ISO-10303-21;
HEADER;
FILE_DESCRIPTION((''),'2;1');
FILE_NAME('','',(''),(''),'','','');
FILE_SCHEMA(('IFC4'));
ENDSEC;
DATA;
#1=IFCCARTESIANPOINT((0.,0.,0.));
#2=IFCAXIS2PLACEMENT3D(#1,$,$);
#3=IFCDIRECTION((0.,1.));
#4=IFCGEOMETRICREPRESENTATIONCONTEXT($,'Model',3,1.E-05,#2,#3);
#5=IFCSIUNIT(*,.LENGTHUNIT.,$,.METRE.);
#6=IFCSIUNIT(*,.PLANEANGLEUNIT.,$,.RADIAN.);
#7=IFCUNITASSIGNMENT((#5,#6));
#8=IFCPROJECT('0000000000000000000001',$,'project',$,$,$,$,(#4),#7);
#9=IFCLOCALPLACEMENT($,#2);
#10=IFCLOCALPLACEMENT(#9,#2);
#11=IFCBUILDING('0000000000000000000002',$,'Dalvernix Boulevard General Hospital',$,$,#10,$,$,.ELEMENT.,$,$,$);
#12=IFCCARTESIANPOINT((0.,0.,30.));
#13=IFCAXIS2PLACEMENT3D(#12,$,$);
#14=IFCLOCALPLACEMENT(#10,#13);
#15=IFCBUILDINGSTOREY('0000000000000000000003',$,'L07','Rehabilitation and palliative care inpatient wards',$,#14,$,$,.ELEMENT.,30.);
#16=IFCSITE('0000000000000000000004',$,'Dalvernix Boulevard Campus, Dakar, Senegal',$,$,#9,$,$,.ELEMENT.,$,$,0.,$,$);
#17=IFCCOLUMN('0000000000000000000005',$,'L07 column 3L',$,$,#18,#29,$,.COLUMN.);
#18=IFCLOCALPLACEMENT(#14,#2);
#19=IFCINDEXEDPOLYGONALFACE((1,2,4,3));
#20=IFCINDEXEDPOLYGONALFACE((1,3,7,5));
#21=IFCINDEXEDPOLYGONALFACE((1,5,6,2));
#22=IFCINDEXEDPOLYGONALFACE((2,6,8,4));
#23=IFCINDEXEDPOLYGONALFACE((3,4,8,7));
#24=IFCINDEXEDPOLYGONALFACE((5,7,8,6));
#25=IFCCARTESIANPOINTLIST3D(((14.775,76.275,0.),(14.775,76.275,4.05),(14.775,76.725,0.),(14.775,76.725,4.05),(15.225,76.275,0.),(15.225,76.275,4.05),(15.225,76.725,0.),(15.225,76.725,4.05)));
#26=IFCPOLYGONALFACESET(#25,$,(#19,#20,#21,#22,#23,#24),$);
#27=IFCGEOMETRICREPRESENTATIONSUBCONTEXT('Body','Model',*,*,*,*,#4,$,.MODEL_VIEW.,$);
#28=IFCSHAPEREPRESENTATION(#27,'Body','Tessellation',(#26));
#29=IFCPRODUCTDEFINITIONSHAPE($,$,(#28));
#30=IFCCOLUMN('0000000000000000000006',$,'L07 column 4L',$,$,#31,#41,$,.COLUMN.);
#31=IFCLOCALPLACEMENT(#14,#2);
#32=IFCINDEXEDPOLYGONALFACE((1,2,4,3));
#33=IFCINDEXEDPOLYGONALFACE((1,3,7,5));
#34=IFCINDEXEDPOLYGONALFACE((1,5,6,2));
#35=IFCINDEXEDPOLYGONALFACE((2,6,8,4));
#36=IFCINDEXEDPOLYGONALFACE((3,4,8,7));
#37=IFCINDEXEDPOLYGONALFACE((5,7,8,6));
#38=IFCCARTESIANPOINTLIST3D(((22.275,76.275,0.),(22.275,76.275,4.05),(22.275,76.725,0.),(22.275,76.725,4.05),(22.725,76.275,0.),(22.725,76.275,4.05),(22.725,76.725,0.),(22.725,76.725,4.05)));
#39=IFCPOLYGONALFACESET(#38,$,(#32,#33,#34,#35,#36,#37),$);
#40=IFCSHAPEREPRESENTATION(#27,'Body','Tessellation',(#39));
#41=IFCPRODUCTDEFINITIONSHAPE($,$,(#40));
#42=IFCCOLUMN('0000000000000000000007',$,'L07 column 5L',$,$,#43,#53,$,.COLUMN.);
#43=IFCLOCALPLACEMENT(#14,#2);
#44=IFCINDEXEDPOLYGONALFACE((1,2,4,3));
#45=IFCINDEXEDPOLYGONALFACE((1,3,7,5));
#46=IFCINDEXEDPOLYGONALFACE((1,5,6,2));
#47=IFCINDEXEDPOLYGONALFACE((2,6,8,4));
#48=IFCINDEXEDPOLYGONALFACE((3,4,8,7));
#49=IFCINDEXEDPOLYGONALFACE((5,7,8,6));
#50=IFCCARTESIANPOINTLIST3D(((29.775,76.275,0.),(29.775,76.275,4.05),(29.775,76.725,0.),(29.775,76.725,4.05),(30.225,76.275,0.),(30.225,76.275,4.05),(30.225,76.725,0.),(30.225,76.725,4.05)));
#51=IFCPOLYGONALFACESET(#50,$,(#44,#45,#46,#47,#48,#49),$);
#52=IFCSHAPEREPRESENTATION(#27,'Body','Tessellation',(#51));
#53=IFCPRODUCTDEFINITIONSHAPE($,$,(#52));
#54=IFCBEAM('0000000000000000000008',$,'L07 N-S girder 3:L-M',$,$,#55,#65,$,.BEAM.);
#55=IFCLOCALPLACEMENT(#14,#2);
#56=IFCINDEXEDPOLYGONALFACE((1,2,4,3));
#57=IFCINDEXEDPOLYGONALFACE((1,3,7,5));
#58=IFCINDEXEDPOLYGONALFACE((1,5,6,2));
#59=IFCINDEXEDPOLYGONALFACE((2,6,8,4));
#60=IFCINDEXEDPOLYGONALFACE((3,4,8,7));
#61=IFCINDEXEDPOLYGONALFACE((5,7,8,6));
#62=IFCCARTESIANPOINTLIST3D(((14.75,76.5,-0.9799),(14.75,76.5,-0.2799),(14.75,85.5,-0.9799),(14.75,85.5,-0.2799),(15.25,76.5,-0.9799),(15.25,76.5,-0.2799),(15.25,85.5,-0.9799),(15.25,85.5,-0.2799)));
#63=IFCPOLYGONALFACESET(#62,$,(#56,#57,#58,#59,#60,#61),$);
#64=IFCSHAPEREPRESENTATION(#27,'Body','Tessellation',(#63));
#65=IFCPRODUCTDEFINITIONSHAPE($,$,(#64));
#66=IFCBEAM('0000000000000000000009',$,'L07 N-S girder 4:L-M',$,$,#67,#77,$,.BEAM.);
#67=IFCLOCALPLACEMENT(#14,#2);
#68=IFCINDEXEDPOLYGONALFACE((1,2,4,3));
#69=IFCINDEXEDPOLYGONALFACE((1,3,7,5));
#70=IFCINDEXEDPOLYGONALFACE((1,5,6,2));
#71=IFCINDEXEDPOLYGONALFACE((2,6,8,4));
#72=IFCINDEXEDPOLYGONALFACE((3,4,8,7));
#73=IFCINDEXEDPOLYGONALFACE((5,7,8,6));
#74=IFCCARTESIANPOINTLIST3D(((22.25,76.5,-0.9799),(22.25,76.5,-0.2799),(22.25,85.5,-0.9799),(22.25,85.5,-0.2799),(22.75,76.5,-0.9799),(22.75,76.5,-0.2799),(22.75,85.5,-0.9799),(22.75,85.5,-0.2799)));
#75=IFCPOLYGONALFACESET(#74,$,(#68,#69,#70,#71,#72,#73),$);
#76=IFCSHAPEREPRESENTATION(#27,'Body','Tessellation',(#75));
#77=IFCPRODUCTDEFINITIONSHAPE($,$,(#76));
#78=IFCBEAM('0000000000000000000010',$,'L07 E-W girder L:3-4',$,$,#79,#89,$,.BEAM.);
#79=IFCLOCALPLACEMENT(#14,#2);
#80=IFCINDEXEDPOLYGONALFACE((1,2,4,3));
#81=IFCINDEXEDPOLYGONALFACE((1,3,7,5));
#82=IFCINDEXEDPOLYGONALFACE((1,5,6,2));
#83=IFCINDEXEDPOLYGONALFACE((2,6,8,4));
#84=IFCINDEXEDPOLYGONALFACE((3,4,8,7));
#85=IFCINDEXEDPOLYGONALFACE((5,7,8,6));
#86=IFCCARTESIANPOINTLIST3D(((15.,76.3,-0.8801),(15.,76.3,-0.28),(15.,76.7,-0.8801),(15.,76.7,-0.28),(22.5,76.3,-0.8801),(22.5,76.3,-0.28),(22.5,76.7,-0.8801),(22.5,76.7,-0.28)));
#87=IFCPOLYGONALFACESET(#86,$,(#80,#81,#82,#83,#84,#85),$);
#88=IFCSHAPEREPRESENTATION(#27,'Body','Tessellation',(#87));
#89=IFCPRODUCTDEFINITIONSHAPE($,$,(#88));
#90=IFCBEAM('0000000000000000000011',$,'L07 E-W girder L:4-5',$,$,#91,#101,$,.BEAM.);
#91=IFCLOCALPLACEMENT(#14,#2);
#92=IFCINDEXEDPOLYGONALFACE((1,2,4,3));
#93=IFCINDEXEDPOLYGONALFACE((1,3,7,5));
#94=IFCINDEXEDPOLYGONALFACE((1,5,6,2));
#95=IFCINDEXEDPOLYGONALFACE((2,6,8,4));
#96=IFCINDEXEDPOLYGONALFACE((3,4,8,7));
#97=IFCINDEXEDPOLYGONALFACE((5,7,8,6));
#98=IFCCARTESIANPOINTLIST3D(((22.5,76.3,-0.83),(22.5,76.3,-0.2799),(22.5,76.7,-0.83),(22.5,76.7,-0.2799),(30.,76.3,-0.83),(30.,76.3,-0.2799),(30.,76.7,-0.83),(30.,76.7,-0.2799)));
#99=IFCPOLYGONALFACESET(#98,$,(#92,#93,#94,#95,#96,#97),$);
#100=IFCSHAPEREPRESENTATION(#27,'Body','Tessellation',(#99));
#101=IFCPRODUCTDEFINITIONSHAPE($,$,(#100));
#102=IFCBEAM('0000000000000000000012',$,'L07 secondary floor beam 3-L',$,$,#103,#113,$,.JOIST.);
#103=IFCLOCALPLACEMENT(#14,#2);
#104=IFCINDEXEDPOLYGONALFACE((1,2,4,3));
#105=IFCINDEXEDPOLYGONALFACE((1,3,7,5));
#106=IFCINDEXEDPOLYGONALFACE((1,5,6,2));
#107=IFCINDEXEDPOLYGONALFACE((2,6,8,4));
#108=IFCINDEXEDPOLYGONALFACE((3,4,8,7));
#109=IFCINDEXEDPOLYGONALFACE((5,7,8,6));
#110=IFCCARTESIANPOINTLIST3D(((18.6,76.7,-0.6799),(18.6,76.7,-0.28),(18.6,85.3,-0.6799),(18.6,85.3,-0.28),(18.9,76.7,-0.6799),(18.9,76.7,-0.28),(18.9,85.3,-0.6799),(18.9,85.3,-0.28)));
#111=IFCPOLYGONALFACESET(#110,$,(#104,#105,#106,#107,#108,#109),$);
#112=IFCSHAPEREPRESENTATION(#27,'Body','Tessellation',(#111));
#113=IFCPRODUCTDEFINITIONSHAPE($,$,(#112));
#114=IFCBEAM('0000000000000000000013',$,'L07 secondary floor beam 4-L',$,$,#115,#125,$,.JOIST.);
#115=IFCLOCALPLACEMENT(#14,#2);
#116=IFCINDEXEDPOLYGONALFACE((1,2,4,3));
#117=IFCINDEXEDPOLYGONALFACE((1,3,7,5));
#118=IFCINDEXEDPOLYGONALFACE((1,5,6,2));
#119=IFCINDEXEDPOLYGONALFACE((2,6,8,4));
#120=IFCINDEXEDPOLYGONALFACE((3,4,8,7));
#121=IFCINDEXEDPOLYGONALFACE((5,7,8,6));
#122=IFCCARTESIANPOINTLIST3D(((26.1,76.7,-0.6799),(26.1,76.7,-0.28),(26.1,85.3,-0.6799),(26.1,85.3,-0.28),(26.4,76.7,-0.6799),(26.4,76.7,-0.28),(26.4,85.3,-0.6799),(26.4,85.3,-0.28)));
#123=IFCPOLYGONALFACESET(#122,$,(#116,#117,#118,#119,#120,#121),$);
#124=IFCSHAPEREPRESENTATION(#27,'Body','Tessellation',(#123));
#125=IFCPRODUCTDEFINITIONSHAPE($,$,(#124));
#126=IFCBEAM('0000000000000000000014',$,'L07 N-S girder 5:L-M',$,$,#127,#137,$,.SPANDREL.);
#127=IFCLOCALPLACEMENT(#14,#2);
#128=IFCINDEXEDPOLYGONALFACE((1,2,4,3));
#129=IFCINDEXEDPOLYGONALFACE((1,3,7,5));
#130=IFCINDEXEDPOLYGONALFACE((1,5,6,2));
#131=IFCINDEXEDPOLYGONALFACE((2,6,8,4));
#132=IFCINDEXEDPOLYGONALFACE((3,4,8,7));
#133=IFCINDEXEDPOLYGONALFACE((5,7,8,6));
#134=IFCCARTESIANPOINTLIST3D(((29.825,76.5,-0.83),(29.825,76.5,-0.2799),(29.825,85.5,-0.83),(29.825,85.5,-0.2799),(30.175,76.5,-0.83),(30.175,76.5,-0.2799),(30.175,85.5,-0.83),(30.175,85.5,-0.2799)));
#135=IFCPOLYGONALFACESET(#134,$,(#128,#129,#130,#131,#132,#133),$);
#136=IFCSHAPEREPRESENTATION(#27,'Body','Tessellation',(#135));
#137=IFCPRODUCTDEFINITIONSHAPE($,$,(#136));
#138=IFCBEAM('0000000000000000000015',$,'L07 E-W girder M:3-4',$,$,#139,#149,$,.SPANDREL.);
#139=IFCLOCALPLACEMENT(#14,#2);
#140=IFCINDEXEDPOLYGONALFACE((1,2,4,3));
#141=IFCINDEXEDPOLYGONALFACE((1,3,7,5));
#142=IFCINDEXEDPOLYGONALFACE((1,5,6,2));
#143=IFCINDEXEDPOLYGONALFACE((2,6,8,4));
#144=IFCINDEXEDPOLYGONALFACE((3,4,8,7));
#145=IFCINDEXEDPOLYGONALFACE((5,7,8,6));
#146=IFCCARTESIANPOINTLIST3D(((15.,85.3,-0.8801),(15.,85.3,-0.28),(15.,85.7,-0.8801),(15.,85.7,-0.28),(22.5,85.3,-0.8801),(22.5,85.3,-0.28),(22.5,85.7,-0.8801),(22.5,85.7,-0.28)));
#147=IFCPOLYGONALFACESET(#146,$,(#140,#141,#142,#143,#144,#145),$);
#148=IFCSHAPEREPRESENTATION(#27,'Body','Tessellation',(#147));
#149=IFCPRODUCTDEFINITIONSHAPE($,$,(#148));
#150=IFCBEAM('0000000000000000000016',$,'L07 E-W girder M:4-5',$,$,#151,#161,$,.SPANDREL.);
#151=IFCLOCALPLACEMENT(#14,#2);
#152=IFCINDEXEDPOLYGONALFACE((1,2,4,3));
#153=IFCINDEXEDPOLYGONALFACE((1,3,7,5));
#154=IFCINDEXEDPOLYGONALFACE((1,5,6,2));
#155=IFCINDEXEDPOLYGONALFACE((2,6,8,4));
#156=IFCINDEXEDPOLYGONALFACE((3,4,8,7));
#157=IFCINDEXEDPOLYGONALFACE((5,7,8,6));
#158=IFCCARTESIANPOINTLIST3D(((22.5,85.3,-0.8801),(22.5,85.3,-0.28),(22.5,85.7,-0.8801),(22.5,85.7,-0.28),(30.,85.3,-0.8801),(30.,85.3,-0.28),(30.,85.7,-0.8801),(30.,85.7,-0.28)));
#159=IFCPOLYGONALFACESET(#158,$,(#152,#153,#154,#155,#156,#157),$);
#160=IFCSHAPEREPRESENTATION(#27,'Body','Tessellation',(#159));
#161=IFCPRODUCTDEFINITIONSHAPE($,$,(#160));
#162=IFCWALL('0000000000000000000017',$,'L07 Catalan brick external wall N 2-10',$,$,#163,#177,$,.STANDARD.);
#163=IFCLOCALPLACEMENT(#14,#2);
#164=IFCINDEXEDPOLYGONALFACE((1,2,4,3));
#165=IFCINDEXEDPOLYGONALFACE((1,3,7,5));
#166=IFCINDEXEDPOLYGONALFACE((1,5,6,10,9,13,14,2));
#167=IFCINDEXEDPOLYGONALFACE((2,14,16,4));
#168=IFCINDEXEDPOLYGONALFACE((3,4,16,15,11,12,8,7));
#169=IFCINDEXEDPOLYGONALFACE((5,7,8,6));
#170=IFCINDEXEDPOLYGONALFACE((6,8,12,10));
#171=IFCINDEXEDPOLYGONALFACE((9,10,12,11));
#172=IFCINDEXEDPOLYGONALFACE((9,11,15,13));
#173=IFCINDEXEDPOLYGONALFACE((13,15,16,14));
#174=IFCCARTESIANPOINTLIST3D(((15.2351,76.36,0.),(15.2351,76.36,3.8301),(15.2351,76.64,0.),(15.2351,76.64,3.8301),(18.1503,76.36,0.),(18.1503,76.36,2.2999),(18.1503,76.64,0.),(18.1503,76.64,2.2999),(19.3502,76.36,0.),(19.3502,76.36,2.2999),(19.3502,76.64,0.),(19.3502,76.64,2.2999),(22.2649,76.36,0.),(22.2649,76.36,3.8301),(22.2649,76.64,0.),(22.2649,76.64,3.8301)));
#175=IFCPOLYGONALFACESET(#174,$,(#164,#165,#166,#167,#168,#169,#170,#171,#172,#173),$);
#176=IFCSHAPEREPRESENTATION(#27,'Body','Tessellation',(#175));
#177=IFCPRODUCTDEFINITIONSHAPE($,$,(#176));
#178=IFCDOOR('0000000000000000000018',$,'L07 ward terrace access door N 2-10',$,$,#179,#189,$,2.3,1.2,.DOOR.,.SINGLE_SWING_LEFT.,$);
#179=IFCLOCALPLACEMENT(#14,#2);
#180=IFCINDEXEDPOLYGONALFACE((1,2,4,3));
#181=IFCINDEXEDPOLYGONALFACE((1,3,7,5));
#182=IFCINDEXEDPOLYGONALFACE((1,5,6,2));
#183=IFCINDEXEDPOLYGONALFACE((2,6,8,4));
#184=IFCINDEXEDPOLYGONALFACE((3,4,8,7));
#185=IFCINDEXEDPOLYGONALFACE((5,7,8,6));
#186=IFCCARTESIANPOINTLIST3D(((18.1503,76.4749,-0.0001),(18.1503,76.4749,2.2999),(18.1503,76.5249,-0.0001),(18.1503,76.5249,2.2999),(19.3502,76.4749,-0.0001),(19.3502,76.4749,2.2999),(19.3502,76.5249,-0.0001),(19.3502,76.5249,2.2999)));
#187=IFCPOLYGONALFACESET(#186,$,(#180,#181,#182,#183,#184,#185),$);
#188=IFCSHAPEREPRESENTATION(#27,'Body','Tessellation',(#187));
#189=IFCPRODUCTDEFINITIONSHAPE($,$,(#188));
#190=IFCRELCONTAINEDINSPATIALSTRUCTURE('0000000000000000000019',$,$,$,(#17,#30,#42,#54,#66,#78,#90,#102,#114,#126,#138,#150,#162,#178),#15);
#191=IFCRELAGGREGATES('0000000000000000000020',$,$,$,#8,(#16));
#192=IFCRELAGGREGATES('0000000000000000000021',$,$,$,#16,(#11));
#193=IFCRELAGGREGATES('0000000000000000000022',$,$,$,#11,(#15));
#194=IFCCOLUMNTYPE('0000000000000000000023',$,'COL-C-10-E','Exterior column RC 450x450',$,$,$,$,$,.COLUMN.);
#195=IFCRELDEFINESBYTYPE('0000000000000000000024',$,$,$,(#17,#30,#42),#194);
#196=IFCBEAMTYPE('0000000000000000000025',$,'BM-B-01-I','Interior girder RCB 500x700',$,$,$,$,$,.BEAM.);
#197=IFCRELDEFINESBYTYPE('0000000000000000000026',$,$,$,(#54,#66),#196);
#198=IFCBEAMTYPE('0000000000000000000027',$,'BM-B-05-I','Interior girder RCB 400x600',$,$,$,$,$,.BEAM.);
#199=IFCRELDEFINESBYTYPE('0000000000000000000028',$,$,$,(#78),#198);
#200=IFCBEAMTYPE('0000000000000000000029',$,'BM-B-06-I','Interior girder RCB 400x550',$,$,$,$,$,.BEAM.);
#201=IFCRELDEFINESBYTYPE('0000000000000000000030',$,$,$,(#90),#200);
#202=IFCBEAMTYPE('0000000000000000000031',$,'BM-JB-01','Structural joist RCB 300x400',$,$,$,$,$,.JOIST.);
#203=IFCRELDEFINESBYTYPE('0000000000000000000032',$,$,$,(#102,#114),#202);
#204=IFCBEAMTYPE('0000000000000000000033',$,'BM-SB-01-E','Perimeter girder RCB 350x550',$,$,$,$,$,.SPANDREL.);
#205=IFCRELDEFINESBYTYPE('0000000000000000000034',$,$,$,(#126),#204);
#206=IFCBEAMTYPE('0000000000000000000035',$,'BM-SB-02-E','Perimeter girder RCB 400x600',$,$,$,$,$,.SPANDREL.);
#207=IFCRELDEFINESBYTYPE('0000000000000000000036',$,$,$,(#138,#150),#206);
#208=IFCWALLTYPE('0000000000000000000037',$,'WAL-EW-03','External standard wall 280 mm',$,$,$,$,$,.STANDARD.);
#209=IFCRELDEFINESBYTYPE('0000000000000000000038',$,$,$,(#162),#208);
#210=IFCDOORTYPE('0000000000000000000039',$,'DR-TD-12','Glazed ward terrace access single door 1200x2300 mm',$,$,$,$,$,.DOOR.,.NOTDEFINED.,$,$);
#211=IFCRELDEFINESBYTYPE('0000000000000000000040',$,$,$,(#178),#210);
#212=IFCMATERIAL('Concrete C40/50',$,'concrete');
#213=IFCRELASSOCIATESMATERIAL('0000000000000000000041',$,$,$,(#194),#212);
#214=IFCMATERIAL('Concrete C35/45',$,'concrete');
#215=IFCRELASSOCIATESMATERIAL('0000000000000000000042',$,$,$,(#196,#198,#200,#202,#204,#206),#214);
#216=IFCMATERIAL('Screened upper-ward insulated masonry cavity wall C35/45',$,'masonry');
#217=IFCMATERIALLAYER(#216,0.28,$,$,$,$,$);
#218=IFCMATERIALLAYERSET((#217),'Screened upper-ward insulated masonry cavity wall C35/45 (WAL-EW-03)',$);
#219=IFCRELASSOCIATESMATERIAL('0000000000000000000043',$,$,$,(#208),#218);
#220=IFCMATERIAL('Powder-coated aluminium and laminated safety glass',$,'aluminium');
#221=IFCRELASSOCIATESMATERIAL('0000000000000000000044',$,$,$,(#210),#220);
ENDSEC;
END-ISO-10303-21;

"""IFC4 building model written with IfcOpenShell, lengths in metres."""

from ifc_helpers import new_model, si_unit, direction, frame, frame_2d, origin, origin_2d, place, context, subcontext, project, spatial, rectangle, extrude, material, layer, layer_set, material_profile, profile_set, type_object, element, fill, save


model = new_model("IFC4")

# Units and contexts
model_context = context("Model", 3, precision=1e-05, world=origin(), true_north=direction((0.0, 1.0)))
body_context = subcontext(model_context, "Body", "Model", "MODEL_VIEW")
ifc_project = project(units=[si_unit("LENGTHUNIT", "METRE"), si_unit("PLANEANGLEUNIT", "RADIAN")], contexts=[model_context])

# Site, building, storey
site_placement = place(None, origin())
site = spatial("IfcSite", under=ifc_project, at=site_placement, Name="Dalvernix Boulevard Campus, Dakar, Senegal", CompositionType="ELEMENT", RefElevation=0.0)
building_placement = place(site_placement, origin())
building = spatial("IfcBuilding", under=site, at=building_placement, Name="Dalvernix Boulevard General Hospital", CompositionType="ELEMENT")
storey_placement = place(building_placement, frame((0.0, 0.0, 30.0)))
storey = spatial("IfcBuildingStorey", under=building, at=storey_placement, Name="L07", Description="Rehabilitation and palliative care inpatient wards", CompositionType="ELEMENT", Elevation=30.0)

# Columns
ifc_material_1 = material(Name="Concrete C40/50", Category="concrete")
ifc_material_profile_1 = material_profile(ifc_material_1, rectangle(XDim=0.45, YDim=0.45, at=origin_2d()), Name="RC 450x450")
ifc_profile_set_1 = profile_set([ifc_material_profile_1], Name="Concrete C40/50")
column_type = type_object("IfcColumnType", Name="COL-C-10-E", Description="Exterior column RC 450x450", PredefinedType="COLUMN", material=ifc_profile_set_1)
for number, where, z_axis, x_axis, name in (
    (1, (15.0, 76.5, 0.0), (0.0, 0.0, 1.0), (1.0, 0.0, 0.0), "L07 column 3L"),
    (2, (22.5, 76.5, 0.0), (0.0, 0.0, 1.0), (1.0, 0.0, 0.0), "L07 column 4L"),
    (3, (30.0, 76.5, 0.0), (0.0, 0.0, 1.0), (1.0, 0.0, 0.0), "L07 column 5L"),
):
    element("IfcColumn", number, at=place(storey_placement, frame(where, z_axis=z_axis, x_axis=x_axis)), inside=storey, type_object=column_type, Name=name, PredefinedType="COLUMN", context=body_context, shape_type="SweptSolid", body=[
        extrude(rectangle(XDim=0.45, YDim=0.45, at=origin_2d()), origin(), (0.0, 0.0, 1.0), 4.05),
    ])

# Beams
ifc_material_2 = material(Name="Concrete C35/45", Category="concrete")
ifc_material_profile_2 = material_profile(ifc_material_2, rectangle(XDim=0.5, YDim=0.7, at=origin_2d()), Name="RCB 500x700")
ifc_profile_set_2 = profile_set([ifc_material_profile_2], Name="Concrete C35/45")
beam_type_1 = type_object("IfcBeamType", Name="BM-B-01-I", Description="Interior girder RCB 500x700", PredefinedType="BEAM", material=ifc_profile_set_2)
for number, where, z_axis, x_axis, name in (
    (4, (15.0, 76.5, -0.6299), (0.0, 1.0, 0.0), (-1.0, 0.0, 0.0), "L07 N-S girder 3:L-M"),
    (5, (22.5, 76.5, -0.6299), (0.0, 1.0, 0.0), (-1.0, 0.0, 0.0), "L07 N-S girder 4:L-M"),
):
    element("IfcBeam", number, at=place(storey_placement, frame(where, z_axis=z_axis, x_axis=x_axis)), inside=storey, type_object=beam_type_1, Name=name, PredefinedType="BEAM", context=body_context, shape_type="SweptSolid", body=[
        extrude(rectangle(XDim=0.5, YDim=0.7, at=origin_2d()), origin(), (0.0, 0.0, 1.0), 9.0),
    ])
ifc_material_profile_3 = material_profile(ifc_material_2, rectangle(XDim=0.3999, YDim=0.6001, at=origin_2d()), Name="RCB 400x600")
ifc_profile_set_3 = profile_set([ifc_material_profile_3], Name="Concrete C35/45")
beam_type_2 = type_object("IfcBeamType", Name="BM-B-05-I", Description="Interior girder RCB 400x600", PredefinedType="BEAM", material=ifc_profile_set_3)
beam_1_placement = place(storey_placement, frame((15.0, 76.5, -0.5801), z_axis=(1.0, 0.0, 0.0), x_axis=(0.0, 1.0, 0.0)))
element("IfcBeam", 6, at=beam_1_placement, inside=storey, type_object=beam_type_2, Name="L07 E-W girder L:3-4", PredefinedType="BEAM", context=body_context, shape_type="SweptSolid", body=[
    extrude(rectangle(XDim=0.3999, YDim=0.6001, at=origin_2d()), origin(), (0.0, 0.0, 1.0), 7.5),
])
ifc_material_profile_4 = material_profile(ifc_material_2, rectangle(XDim=0.3999, YDim=0.55, at=origin_2d()), Name="RCB 400x550")
ifc_profile_set_4 = profile_set([ifc_material_profile_4], Name="Concrete C35/45")
beam_type_3 = type_object("IfcBeamType", Name="BM-B-06-I", Description="Interior girder RCB 400x550", PredefinedType="BEAM", material=ifc_profile_set_4)
beam_2_placement = place(storey_placement, frame((22.5, 76.5, -0.5549), z_axis=(1.0, 0.0, 0.0), x_axis=(0.0, 1.0, 0.0)))
element("IfcBeam", 7, at=beam_2_placement, inside=storey, type_object=beam_type_3, Name="L07 E-W girder L:4-5", PredefinedType="BEAM", context=body_context, shape_type="SweptSolid", body=[
    extrude(rectangle(XDim=0.3999, YDim=0.55, at=origin_2d()), origin(), (0.0, 0.0, 1.0), 7.5),
])
ifc_material_profile_5 = material_profile(ifc_material_2, rectangle(XDim=0.3, YDim=0.3999, at=origin_2d()), Name="RCB 300x400")
ifc_profile_set_5 = profile_set([ifc_material_profile_5], Name="Concrete C35/45")
beam_type_4 = type_object("IfcBeamType", Name="BM-JB-01", Description="Structural joist RCB 300x400", PredefinedType="JOIST", material=ifc_profile_set_5)
for number, where, z_axis, x_axis, name in (
    (8, (18.75, 76.7, -0.48), (0.0, 1.0, 0.0), (-1.0, 0.0, 0.0), "L07 secondary floor beam 3-L"),
    (9, (26.25, 76.7, -0.48), (0.0, 1.0, 0.0), (-1.0, 0.0, 0.0), "L07 secondary floor beam 4-L"),
):
    element("IfcBeam", number, at=place(storey_placement, frame(where, z_axis=z_axis, x_axis=x_axis)), inside=storey, type_object=beam_type_4, Name=name, PredefinedType="JOIST", context=body_context, shape_type="SweptSolid", body=[
        extrude(rectangle(XDim=0.3, YDim=0.3999, at=origin_2d()), origin(), (0.0, 0.0, 1.0), 8.6001),
    ])
ifc_material_profile_6 = material_profile(ifc_material_2, rectangle(XDim=0.3501, YDim=0.55, at=origin_2d()), Name="RCB 350x550")
ifc_profile_set_6 = profile_set([ifc_material_profile_6], Name="Concrete C35/45")
beam_type_5 = type_object("IfcBeamType", Name="BM-SB-01-E", Description="Perimeter girder RCB 350x550", PredefinedType="SPANDREL", material=ifc_profile_set_6)
beam_3_placement = place(storey_placement, frame((30.0, 76.5, -0.5549), z_axis=(0.0, 1.0, 0.0), x_axis=(-1.0, 0.0, 0.0)))
element("IfcBeam", 10, at=beam_3_placement, inside=storey, type_object=beam_type_5, Name="L07 N-S girder 5:L-M", PredefinedType="SPANDREL", context=body_context, shape_type="SweptSolid", body=[
    extrude(rectangle(XDim=0.3501, YDim=0.55, at=origin_2d()), origin(), (0.0, 0.0, 1.0), 9.0),
])
ifc_material_profile_7 = material_profile(ifc_material_2, rectangle(XDim=0.3999, YDim=0.6001, at=origin_2d()), Name="RCB 400x600")
ifc_profile_set_7 = profile_set([ifc_material_profile_7], Name="Concrete C35/45")
beam_type_6 = type_object("IfcBeamType", Name="BM-SB-02-E", Description="Perimeter girder RCB 400x600", PredefinedType="SPANDREL", material=ifc_profile_set_7)
for number, where, z_axis, x_axis, name in (
    (11, (15.0, 85.5, -0.5801), (1.0, 0.0, 0.0), (0.0, 1.0, 0.0), "L07 E-W girder M:3-4"),
    (12, (22.5, 85.5, -0.5801), (1.0, 0.0, 0.0), (0.0, 1.0, 0.0), "L07 E-W girder M:4-5"),
):
    element("IfcBeam", number, at=place(storey_placement, frame(where, z_axis=z_axis, x_axis=x_axis)), inside=storey, type_object=beam_type_6, Name=name, PredefinedType="SPANDREL", context=body_context, shape_type="SweptSolid", body=[
        extrude(rectangle(XDim=0.3999, YDim=0.6001, at=origin_2d()), origin(), (0.0, 0.0, 1.0), 7.5),
    ])

# Wall, opening, door
ifc_material_3 = material(Name="Screened upper-ward insulated masonry cavity wall C35/45", Category="masonry")
ifc_layer_1 = layer(ifc_material_3, 0.28)
ifc_layer_set_1 = layer_set([ifc_layer_1], Name="Screened upper-ward insulated masonry cavity wall C35/45 (WAL-EW-03)")
wall_type_1 = type_object("IfcWallType", Name="WAL-EW-03", Description="External standard wall 280 mm", PredefinedType="STANDARD", material=ifc_layer_set_1)
wall_1_placement = place(storey_placement, frame((15.2351, 76.5, 0.0), z_axis=(0.0, 0.0, 1.0), x_axis=(1.0, 0.0, 0.0)))
wall_1 = element("IfcWall", 13, at=wall_1_placement, inside=storey, type_object=wall_type_1, Name="L07 Catalan brick external wall N 2-10", PredefinedType="STANDARD", context=body_context, shape_type="SweptSolid", body=[
    extrude(rectangle(XDim=7.0298, YDim=0.28, at=frame_2d((3.5149, 0.0))), origin(), (0.0, 0.0, 1.0), 3.8301),
])
opening_1_placement = place(wall_1_placement, frame((2.915, 0.0, 0.0)))
opening_1 = element("IfcOpeningElement", 14, at=opening_1_placement, cuts=wall_1, PredefinedType="OPENING", context=body_context, shape_type="SweptSolid", body=[
    extrude(rectangle(XDim=1.2, YDim=2.3, at=frame_2d((0.6001, 1.1499))), frame((0.0, 0.1499, 0.0), z_axis=(0.0, -1.0, 0.0), x_axis=(1.0, 0.0, 0.0)), (0.0, 0.0, 1.0), 0.3),
])
ifc_material_4 = material(Name="Powder-coated aluminium and laminated safety glass", Category="aluminium")
door_type_1 = type_object("IfcDoorType", Name="DR-TD-12", Description="Glazed ward terrace access single door 1200x2300 mm", OperationType="NOTDEFINED", PredefinedType="DOOR", material=ifc_material_4)
door_1_placement = place(opening_1_placement, origin())
door_1 = element("IfcDoor", 15, at=door_1_placement, inside=storey, type_object=door_type_1, Name="L07 ward terrace access door N 2-10", OperationType="SINGLE_SWING_LEFT", OverallHeight=2.3, OverallWidth=1.2, PredefinedType="DOOR", context=body_context, shape_type="SweptSolid", body=[
    extrude(rectangle(XDim=1.2, YDim=2.3, at=frame_2d((0.6001, 1.1499))), frame((0.0, 0.0249, 0.0), z_axis=(0.0, -1.0, 0.0), x_axis=(1.0, 0.0, 0.0)), (0.0, 0.0, 1.0), 0.05),
])
fill(opening_1, door_1)

save(model, "model.ifc")
